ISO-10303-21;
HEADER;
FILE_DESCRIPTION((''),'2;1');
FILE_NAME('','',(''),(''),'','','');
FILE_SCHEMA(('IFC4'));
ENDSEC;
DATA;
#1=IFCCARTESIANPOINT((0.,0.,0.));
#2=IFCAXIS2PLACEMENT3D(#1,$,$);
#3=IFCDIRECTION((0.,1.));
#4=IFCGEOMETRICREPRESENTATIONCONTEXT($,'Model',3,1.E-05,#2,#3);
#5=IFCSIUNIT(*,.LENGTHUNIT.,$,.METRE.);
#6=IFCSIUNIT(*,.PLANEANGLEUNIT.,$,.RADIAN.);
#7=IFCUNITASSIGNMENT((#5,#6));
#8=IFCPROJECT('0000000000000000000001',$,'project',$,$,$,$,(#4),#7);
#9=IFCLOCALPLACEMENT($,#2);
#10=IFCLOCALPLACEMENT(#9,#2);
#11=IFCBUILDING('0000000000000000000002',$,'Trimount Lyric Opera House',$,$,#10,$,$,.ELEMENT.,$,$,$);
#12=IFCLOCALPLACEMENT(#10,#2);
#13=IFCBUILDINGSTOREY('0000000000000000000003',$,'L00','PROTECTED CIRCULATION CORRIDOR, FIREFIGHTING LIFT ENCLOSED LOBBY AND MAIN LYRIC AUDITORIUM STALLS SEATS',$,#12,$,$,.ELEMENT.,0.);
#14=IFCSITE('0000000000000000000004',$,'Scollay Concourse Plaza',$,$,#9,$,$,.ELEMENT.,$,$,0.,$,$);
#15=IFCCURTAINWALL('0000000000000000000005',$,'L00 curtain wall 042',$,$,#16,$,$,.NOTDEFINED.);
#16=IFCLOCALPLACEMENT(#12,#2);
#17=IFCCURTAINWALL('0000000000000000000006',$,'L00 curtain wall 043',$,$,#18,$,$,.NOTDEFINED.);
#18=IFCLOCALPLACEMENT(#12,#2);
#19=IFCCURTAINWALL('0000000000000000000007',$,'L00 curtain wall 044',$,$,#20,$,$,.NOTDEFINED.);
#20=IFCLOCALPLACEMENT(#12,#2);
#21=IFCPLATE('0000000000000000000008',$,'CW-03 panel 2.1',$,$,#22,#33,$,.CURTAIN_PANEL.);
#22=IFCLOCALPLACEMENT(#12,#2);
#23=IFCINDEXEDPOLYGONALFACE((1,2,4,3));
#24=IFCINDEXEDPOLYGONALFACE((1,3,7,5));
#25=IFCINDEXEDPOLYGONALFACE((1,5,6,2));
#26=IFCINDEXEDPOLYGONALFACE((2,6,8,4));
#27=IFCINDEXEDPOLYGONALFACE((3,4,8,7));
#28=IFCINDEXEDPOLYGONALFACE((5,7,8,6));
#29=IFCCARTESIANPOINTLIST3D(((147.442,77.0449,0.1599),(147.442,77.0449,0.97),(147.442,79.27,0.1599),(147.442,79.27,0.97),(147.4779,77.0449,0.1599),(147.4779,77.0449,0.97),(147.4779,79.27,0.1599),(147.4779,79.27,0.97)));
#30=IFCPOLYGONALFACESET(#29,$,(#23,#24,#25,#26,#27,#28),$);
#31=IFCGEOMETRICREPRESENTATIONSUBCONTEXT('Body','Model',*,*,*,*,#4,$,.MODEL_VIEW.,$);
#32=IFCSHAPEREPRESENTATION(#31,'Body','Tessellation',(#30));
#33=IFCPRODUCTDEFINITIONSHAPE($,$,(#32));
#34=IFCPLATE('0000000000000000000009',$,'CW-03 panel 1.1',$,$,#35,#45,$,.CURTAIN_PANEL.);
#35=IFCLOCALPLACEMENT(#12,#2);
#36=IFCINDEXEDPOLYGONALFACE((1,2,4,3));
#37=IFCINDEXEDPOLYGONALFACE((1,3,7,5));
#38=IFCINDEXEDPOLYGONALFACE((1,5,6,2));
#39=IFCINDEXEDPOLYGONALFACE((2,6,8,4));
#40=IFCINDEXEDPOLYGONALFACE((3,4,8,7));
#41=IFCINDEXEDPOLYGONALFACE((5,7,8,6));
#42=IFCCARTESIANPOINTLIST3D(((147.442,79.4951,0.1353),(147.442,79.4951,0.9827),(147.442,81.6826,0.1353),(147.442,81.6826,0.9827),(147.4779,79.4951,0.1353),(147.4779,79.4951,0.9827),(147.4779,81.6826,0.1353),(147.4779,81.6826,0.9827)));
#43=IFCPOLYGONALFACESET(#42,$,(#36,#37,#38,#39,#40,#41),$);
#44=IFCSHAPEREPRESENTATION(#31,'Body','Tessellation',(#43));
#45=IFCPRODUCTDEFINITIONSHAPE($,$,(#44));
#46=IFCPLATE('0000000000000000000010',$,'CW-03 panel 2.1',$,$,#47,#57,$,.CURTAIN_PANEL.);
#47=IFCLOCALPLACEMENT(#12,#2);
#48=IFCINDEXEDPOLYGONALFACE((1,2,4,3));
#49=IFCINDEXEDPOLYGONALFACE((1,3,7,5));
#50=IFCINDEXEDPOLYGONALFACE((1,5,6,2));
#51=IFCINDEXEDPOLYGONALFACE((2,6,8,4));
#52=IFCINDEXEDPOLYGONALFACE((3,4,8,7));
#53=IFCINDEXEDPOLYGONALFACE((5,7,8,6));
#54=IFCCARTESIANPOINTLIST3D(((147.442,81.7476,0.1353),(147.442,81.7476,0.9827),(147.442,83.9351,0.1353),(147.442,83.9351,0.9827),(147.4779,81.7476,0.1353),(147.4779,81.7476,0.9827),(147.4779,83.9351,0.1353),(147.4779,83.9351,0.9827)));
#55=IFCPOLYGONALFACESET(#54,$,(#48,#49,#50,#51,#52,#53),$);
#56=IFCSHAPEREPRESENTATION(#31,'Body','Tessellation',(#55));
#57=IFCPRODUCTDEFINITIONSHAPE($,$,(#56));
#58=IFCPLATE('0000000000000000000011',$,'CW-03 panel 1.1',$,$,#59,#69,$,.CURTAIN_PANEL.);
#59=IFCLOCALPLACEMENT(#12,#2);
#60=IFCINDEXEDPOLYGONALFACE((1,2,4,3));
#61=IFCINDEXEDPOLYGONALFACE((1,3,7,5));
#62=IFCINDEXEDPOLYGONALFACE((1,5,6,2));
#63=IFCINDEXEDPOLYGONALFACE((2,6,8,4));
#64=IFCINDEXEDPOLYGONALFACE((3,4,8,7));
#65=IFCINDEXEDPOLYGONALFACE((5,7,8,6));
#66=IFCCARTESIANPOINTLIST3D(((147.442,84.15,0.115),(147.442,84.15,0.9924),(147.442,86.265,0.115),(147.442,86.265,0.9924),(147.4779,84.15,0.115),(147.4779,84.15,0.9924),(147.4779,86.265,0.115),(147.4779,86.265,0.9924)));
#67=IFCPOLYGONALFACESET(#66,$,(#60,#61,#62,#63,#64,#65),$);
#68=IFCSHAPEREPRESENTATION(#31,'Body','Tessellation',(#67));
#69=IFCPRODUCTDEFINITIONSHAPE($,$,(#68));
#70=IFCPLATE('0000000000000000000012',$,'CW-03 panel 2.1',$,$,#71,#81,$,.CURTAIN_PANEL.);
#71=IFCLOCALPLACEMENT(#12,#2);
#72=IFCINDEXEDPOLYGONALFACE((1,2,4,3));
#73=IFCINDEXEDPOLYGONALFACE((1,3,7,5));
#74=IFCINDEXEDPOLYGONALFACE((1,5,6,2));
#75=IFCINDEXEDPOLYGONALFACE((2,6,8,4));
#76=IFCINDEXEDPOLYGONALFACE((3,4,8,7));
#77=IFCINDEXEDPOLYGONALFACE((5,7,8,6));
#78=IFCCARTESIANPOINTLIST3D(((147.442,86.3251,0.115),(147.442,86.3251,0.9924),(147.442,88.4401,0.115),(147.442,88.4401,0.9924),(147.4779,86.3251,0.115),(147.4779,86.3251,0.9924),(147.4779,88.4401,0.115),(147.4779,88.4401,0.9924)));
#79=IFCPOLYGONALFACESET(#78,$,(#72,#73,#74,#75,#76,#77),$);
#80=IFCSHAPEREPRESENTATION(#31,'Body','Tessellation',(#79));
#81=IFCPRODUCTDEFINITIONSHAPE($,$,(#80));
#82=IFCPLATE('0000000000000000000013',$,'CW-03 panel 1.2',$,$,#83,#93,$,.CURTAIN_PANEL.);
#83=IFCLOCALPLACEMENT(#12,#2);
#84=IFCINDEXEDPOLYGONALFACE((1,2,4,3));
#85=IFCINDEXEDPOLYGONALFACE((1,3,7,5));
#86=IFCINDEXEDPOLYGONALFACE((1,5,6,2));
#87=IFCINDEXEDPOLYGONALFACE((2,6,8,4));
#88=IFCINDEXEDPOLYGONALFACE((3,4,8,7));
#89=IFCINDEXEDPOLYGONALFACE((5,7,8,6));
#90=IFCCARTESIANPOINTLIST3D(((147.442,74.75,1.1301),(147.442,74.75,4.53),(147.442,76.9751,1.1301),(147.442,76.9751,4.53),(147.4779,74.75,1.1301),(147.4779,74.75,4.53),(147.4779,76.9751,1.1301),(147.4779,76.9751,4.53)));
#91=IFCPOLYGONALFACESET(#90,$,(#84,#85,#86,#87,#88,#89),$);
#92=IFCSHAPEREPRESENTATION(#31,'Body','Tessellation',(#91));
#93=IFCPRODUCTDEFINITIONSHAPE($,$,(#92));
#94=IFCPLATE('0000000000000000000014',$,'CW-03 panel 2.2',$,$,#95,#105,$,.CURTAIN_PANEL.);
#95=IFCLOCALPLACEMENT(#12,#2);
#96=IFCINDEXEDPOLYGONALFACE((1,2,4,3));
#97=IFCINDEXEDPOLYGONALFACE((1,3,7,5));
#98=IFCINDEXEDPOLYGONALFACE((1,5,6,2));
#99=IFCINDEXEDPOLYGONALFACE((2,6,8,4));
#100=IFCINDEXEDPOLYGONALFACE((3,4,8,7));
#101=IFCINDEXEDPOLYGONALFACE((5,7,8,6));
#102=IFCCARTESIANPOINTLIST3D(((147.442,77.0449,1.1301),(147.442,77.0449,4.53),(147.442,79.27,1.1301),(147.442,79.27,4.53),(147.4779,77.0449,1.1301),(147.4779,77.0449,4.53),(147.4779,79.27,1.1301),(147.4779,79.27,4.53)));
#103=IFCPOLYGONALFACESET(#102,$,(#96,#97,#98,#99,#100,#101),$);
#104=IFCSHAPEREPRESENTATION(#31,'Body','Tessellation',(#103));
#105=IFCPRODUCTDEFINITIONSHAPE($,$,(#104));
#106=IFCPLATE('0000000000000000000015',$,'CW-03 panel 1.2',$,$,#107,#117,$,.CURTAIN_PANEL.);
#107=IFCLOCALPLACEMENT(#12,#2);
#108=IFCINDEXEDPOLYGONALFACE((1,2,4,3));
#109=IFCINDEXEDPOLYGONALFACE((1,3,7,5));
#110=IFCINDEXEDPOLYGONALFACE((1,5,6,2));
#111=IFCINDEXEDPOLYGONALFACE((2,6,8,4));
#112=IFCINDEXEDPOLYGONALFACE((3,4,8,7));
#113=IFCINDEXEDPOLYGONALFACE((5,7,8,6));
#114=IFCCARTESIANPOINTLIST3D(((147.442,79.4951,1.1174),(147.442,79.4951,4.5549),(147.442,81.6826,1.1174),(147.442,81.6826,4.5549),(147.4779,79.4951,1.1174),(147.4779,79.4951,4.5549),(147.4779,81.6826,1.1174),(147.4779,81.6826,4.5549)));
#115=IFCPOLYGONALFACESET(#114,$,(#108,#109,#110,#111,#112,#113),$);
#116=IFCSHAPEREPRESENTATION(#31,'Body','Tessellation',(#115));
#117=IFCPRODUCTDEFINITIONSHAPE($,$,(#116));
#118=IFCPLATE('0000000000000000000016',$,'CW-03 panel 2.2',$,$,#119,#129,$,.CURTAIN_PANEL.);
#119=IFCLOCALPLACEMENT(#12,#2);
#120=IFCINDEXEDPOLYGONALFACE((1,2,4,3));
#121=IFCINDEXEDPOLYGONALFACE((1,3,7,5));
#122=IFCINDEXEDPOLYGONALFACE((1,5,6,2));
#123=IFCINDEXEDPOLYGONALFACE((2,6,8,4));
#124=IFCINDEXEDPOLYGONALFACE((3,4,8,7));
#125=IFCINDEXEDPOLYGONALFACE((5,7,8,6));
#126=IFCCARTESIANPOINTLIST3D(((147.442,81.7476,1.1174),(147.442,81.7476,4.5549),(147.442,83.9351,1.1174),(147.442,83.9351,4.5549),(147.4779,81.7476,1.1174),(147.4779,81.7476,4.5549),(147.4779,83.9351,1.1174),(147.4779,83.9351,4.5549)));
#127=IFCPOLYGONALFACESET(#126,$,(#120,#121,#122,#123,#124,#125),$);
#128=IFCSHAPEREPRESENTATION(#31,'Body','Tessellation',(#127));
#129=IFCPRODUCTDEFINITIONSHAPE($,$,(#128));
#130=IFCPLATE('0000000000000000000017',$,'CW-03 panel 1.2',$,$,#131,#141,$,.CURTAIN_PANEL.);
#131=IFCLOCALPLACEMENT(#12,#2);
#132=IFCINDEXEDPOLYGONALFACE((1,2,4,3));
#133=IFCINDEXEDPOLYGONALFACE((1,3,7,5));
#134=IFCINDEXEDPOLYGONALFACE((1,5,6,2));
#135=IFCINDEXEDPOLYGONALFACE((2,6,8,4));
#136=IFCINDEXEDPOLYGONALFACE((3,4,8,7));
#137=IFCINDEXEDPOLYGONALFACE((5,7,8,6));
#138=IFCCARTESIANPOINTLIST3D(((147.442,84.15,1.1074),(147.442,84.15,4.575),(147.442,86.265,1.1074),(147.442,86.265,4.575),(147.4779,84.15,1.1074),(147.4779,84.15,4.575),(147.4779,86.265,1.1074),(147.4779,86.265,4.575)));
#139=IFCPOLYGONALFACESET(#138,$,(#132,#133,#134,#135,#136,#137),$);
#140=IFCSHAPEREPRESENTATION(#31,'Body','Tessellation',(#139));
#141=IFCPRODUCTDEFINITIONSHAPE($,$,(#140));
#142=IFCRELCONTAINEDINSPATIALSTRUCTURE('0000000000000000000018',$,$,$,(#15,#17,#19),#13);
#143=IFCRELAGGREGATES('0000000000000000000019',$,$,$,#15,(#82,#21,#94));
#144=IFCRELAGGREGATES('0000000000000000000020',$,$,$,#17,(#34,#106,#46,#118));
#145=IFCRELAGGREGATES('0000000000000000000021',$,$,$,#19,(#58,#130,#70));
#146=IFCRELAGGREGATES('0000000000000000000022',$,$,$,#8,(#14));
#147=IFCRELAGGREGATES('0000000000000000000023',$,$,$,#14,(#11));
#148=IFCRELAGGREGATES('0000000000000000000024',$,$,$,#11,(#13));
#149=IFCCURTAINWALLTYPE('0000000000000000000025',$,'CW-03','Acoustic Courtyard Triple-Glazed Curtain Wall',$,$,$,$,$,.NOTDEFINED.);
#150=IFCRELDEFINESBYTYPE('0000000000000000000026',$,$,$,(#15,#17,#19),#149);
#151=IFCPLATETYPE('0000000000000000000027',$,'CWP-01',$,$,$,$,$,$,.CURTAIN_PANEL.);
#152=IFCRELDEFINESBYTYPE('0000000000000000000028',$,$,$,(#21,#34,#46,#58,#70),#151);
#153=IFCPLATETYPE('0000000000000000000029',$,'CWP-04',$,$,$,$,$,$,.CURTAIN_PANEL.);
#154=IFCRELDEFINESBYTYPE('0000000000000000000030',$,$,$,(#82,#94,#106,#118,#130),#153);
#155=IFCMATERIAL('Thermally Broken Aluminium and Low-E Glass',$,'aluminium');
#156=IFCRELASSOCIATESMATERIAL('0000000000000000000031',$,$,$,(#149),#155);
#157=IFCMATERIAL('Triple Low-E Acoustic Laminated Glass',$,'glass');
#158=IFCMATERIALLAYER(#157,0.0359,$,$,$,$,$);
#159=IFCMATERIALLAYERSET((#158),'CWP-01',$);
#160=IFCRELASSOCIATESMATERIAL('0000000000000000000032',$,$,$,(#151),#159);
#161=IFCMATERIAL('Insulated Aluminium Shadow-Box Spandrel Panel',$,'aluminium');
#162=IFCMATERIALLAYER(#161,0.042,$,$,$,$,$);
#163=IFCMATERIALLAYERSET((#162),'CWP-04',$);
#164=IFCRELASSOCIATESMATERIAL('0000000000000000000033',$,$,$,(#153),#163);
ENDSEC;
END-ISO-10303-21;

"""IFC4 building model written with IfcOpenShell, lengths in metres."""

from ifc_helpers import new_model, si_unit, direction, frame, origin, origin_2d, place, context, subcontext, project, spatial, rectangle, extrude, material, layer, layer_set, type_object, element, aggregate, save


model = new_model("IFC4")

# Units and contexts
model_context = context("Model", 3, precision=1e-05, world=origin(), true_north=direction((0.0, 1.0)))
body_context = subcontext(model_context, "Body", "Model", "MODEL_VIEW")
ifc_project = project(units=[si_unit("LENGTHUNIT", "METRE"), si_unit("PLANEANGLEUNIT", "RADIAN")], contexts=[model_context])

# Site, building, storey
site_placement = place(None, origin())
site = spatial("IfcSite", under=ifc_project, at=site_placement, Name="Scollay Concourse Plaza", CompositionType="ELEMENT", RefElevation=0.0)
building_placement = place(site_placement, origin())
building = spatial("IfcBuilding", under=site, at=building_placement, Name="Trimount Lyric Opera House", CompositionType="ELEMENT")
storey_placement = place(building_placement, origin())
storey = spatial("IfcBuildingStorey", under=building, at=storey_placement, Name="L00", Description="PROTECTED CIRCULATION CORRIDOR, FIREFIGHTING LIFT ENCLOSED LOBBY AND MAIN LYRIC AUDITORIUM STALLS SEATS", CompositionType="ELEMENT", Elevation=0.0)

# Curtain walls
ifc_material_1 = material(Name="Thermally Broken Aluminium and Low-E Glass", Category="aluminium")
curtain_wall_type = type_object("IfcCurtainWallType", Name="CW-03", Description="Acoustic Courtyard Triple-Glazed Curtain Wall", PredefinedType="NOTDEFINED", material=ifc_material_1)
curtain_wall_1_placement = place(storey_placement, origin())
curtain_wall_1 = element("IfcCurtainWall", 1, at=curtain_wall_1_placement, inside=storey, type_object=curtain_wall_type, Name="L00 curtain wall 042", PredefinedType="NOTDEFINED")
curtain_wall_2_placement = place(storey_placement, origin())
curtain_wall_2 = element("IfcCurtainWall", 2, at=curtain_wall_2_placement, inside=storey, type_object=curtain_wall_type, Name="L00 curtain wall 043", PredefinedType="NOTDEFINED")

# Curtain wall
curtain_wall_3_placement = place(storey_placement, origin())
curtain_wall_3 = element("IfcCurtainWall", 3, at=curtain_wall_3_placement, inside=storey, type_object=curtain_wall_type, Name="L00 curtain wall 044", PredefinedType="NOTDEFINED")

# Plates
ifc_material_2 = material(Name="Triple Low-E Acoustic Laminated Glass", Category="glass")
ifc_layer_1 = layer(ifc_material_2, 0.0359)
ifc_layer_set_1 = layer_set([ifc_layer_1], Name="CWP-01")
plate_type_1 = type_object("IfcPlateType", Name="CWP-01", PredefinedType="CURTAIN_PANEL", material=ifc_layer_set_1)
plate_1_placement = place(storey_placement, frame((147.46, 78.1575, 0.1599), z_axis=(0.0, 0.0, 1.0), x_axis=(0.0, 1.0, 0.0)))
plate_1 = element("IfcPlate", 4, at=plate_1_placement, type_object=plate_type_1, Name="CW-03 panel 2.1", PredefinedType="CURTAIN_PANEL", context=body_context, shape_type="SweptSolid", body=[
    extrude(rectangle(XDim=2.2251, YDim=0.0359, at=origin_2d()), origin(), (0.0, 0.0, 1.0), 0.8101),
])
plate_2_placement = place(storey_placement, frame((147.46, 80.5889, 0.1353), z_axis=(0.0, 0.0, 1.0), x_axis=(0.0, 1.0, 0.0)))
plate_2 = element("IfcPlate", 5, at=plate_2_placement, type_object=plate_type_1, Name="CW-03 panel 1.1", PredefinedType="CURTAIN_PANEL", context=body_context, shape_type="SweptSolid", body=[
    extrude(rectangle(XDim=2.1875, YDim=0.0359, at=origin_2d()), origin(), (0.0, 0.0, 1.0), 0.8474),
])
plate_3_placement = place(storey_placement, frame((147.46, 82.8413, 0.1353), z_axis=(0.0, 0.0, 1.0), x_axis=(0.0, 1.0, 0.0)))
plate_3 = element("IfcPlate", 6, at=plate_3_placement, type_object=plate_type_1, Name="CW-03 panel 2.1", PredefinedType="CURTAIN_PANEL", context=body_context, shape_type="SweptSolid", body=[
    extrude(rectangle(XDim=2.1875, YDim=0.0359, at=origin_2d()), origin(), (0.0, 0.0, 1.0), 0.8474),
])
plate_4_placement = place(storey_placement, frame((147.46, 85.2075, 0.115), z_axis=(0.0, 0.0, 1.0), x_axis=(0.0, 1.0, 0.0)))
plate_4 = element("IfcPlate", 7, at=plate_4_placement, type_object=plate_type_1, Name="CW-03 panel 1.1", PredefinedType="CURTAIN_PANEL", context=body_context, shape_type="SweptSolid", body=[
    extrude(rectangle(XDim=2.115, YDim=0.0359, at=origin_2d()), origin(), (0.0, 0.0, 1.0), 0.8774),
])
plate_5_placement = place(storey_placement, frame((147.46, 87.3826, 0.115), z_axis=(0.0, 0.0, 1.0), x_axis=(0.0, 1.0, 0.0)))
plate_5 = element("IfcPlate", 8, at=plate_5_placement, type_object=plate_type_1, Name="CW-03 panel 2.1", PredefinedType="CURTAIN_PANEL", context=body_context, shape_type="SweptSolid", body=[
    extrude(rectangle(XDim=2.115, YDim=0.0359, at=origin_2d()), origin(), (0.0, 0.0, 1.0), 0.8774),
])
ifc_material_3 = material(Name="Insulated Aluminium Shadow-Box Spandrel Panel", Category="aluminium")
ifc_layer_2 = layer(ifc_material_3, 0.042)
ifc_layer_set_2 = layer_set([ifc_layer_2], Name="CWP-04")
plate_type_2 = type_object("IfcPlateType", Name="CWP-04", PredefinedType="CURTAIN_PANEL", material=ifc_layer_set_2)
plate_6_placement = place(storey_placement, frame((147.46, 75.8625, 1.1301), z_axis=(0.0, 0.0, 1.0), x_axis=(0.0, 1.0, 0.0)))
plate_6 = element("IfcPlate", 9, at=plate_6_placement, type_object=plate_type_2, Name="CW-03 panel 1.2", PredefinedType="CURTAIN_PANEL", context=body_context, shape_type="SweptSolid", body=[
    extrude(rectangle(XDim=2.2251, YDim=0.0359, at=origin_2d()), origin(), (0.0, 0.0, 1.0), 3.3999),
])
plate_7_placement = place(storey_placement, frame((147.46, 78.1575, 1.1301), z_axis=(0.0, 0.0, 1.0), x_axis=(0.0, 1.0, 0.0)))
plate_7 = element("IfcPlate", 10, at=plate_7_placement, type_object=plate_type_2, Name="CW-03 panel 2.2", PredefinedType="CURTAIN_PANEL", context=body_context, shape_type="SweptSolid", body=[
    extrude(rectangle(XDim=2.2251, YDim=0.0359, at=origin_2d()), origin(), (0.0, 0.0, 1.0), 3.3999),
])
aggregate(curtain_wall_1, [plate_6, plate_1, plate_7])
plate_8_placement = place(storey_placement, frame((147.46, 80.5889, 1.1174), z_axis=(0.0, 0.0, 1.0), x_axis=(0.0, 1.0, 0.0)))
plate_8 = element("IfcPlate", 11, at=plate_8_placement, type_object=plate_type_2, Name="CW-03 panel 1.2", PredefinedType="CURTAIN_PANEL", context=body_context, shape_type="SweptSolid", body=[
    extrude(rectangle(XDim=2.1875, YDim=0.0359, at=origin_2d()), origin(), (0.0, 0.0, 1.0), 3.4375),
])
plate_9_placement = place(storey_placement, frame((147.46, 82.8413, 1.1174), z_axis=(0.0, 0.0, 1.0), x_axis=(0.0, 1.0, 0.0)))
plate_9 = element("IfcPlate", 12, at=plate_9_placement, type_object=plate_type_2, Name="CW-03 panel 2.2", PredefinedType="CURTAIN_PANEL", context=body_context, shape_type="SweptSolid", body=[
    extrude(rectangle(XDim=2.1875, YDim=0.0359, at=origin_2d()), origin(), (0.0, 0.0, 1.0), 3.4375),
])
aggregate(curtain_wall_2, [plate_2, plate_8, plate_3, plate_9])
plate_10_placement = place(storey_placement, frame((147.46, 85.2075, 1.1074), z_axis=(0.0, 0.0, 1.0), x_axis=(0.0, 1.0, 0.0)))
plate_10 = element("IfcPlate", 13, at=plate_10_placement, type_object=plate_type_2, Name="CW-03 panel 1.2", PredefinedType="CURTAIN_PANEL", context=body_context, shape_type="SweptSolid", body=[
    extrude(rectangle(XDim=2.115, YDim=0.0359, at=origin_2d()), origin(), (0.0, 0.0, 1.0), 3.4675),
])
aggregate(curtain_wall_3, [plate_4, plate_10, plate_5])

save(model, "model.ifc")
